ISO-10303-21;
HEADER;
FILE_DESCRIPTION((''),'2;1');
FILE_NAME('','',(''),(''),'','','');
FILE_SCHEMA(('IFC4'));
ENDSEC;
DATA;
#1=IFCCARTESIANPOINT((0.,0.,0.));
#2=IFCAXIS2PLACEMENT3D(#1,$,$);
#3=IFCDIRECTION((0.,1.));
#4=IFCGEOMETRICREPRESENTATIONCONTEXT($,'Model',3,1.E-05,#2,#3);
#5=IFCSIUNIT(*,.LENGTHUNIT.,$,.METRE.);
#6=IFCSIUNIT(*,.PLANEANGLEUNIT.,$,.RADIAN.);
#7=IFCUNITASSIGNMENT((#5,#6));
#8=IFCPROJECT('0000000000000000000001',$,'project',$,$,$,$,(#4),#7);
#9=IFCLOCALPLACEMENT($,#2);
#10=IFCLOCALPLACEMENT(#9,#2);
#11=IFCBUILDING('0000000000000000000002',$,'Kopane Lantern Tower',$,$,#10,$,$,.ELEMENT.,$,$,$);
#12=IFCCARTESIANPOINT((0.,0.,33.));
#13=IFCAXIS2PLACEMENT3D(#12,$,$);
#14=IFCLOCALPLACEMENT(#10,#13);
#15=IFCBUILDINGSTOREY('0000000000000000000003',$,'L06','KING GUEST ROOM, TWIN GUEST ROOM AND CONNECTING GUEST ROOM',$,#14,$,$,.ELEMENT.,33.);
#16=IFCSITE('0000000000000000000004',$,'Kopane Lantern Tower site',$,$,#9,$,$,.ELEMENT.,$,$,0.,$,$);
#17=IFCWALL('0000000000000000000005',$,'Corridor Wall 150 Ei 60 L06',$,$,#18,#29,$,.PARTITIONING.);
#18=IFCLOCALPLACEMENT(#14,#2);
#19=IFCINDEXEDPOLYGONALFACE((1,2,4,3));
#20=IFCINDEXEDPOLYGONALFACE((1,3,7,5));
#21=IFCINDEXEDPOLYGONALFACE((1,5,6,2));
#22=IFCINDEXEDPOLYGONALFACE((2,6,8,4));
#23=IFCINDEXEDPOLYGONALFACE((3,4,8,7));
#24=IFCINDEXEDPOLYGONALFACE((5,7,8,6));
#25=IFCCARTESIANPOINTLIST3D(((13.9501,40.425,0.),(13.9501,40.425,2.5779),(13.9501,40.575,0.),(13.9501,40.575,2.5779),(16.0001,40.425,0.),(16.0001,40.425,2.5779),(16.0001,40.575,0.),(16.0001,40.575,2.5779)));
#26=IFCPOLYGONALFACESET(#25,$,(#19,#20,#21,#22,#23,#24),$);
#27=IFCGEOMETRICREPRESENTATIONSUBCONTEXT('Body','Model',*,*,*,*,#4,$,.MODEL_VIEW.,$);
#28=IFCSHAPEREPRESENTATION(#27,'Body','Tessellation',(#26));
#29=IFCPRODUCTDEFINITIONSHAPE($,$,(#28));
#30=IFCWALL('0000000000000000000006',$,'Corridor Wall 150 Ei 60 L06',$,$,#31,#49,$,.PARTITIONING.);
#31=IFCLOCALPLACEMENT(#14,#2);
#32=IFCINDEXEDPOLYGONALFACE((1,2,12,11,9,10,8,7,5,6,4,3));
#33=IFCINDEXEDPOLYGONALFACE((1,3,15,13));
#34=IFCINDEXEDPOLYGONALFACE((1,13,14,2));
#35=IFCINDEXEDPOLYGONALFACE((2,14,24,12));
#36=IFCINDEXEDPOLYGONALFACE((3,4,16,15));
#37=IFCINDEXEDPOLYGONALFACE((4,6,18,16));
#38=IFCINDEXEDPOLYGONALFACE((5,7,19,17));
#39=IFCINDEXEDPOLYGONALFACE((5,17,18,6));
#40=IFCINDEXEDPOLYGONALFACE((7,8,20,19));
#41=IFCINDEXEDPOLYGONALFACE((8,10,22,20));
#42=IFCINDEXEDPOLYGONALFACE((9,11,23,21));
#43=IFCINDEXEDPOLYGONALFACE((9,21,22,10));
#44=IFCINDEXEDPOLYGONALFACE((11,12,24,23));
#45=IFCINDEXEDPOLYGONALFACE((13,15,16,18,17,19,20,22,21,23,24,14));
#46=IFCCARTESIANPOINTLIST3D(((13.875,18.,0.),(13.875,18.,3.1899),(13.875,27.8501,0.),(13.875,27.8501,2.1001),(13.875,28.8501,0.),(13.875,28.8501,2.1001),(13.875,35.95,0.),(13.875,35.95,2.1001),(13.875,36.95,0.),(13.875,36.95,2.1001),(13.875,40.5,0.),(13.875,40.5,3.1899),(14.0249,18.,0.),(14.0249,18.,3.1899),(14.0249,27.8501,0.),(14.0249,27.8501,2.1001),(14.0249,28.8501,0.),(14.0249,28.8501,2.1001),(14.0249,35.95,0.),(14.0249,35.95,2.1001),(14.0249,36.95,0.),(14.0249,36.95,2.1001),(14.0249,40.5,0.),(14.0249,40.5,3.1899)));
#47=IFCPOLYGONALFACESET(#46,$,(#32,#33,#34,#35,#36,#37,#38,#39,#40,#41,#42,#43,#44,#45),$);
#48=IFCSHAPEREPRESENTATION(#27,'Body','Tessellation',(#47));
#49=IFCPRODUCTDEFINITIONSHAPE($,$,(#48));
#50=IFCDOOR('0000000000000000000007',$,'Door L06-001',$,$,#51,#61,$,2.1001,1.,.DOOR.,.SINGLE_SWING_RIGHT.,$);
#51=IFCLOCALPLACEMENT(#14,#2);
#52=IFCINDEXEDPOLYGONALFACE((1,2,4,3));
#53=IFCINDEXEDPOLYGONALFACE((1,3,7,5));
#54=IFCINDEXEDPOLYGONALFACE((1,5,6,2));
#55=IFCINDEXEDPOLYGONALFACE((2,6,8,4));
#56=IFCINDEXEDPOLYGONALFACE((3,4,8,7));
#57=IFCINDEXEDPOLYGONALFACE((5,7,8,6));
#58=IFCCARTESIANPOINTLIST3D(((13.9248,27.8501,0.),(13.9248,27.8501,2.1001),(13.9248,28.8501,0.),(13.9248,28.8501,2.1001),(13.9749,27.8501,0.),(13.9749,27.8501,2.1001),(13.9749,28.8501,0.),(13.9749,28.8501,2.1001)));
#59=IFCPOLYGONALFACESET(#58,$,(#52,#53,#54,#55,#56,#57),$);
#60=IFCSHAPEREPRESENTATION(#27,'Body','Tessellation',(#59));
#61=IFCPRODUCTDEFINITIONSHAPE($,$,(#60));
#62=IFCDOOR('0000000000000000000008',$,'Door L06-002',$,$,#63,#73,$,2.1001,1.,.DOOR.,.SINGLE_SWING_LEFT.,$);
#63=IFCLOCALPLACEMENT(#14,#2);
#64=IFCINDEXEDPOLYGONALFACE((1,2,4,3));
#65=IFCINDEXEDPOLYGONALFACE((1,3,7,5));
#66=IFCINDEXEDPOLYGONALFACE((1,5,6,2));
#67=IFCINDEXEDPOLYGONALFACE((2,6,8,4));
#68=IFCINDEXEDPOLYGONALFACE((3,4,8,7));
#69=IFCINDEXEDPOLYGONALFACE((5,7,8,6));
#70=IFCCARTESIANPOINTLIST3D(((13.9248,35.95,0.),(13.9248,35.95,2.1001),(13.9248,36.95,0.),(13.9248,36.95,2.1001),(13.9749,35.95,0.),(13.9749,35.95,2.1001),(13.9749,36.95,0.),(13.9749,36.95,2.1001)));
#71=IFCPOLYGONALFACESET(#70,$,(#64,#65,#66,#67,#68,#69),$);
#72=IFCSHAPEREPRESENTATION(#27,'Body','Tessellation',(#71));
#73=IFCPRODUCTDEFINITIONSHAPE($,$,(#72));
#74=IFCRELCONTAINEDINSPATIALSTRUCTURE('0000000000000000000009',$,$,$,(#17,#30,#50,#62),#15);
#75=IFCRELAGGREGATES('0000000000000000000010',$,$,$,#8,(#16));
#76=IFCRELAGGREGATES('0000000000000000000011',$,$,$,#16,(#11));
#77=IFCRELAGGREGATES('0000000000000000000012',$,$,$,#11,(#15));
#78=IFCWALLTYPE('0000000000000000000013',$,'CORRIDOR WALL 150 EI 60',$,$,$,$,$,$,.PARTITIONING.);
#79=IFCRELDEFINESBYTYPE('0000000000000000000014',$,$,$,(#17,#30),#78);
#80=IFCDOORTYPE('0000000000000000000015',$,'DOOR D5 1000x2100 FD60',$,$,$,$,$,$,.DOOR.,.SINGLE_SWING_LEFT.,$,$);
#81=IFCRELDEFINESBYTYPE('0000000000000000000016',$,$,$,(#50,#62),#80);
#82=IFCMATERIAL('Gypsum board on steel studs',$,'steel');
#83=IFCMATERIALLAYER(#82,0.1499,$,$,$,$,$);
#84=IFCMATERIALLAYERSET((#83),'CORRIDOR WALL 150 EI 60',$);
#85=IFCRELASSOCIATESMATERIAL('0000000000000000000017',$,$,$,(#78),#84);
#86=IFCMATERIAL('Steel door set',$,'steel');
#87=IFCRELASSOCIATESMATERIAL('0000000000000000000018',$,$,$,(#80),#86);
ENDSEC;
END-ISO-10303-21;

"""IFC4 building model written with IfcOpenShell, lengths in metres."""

from ifc_helpers import new_model, si_unit, direction, frame, frame_2d, origin, place, context, subcontext, project, spatial, rectangle, extrude, material, layer, layer_set, type_object, element, fill, save


model = new_model("IFC4")

# Units and contexts
model_context = context("Model", 3, precision=1e-05, world=origin(), true_north=direction((0.0, 1.0)))
body_context = subcontext(model_context, "Body", "Model", "MODEL_VIEW")
ifc_project = project(units=[si_unit("LENGTHUNIT", "METRE"), si_unit("PLANEANGLEUNIT", "RADIAN")], contexts=[model_context])

# Site, building, storey
site_placement = place(None, origin())
site = spatial("IfcSite", under=ifc_project, at=site_placement, Name="Kopane Lantern Tower site", CompositionType="ELEMENT", RefElevation=0.0)
building_placement = place(site_placement, origin())
building = spatial("IfcBuilding", under=site, at=building_placement, Name="Kopane Lantern Tower", CompositionType="ELEMENT")
storey_placement = place(building_placement, frame((0.0, 0.0, 33.0)))
storey = spatial("IfcBuildingStorey", under=building, at=storey_placement, Name="L06", Description="KING GUEST ROOM, TWIN GUEST ROOM AND CONNECTING GUEST ROOM", CompositionType="ELEMENT", Elevation=33.0)

# Shared definitions
ifc_material_1 = material(Name="Gypsum board on steel studs", Category="steel")
ifc_layer_1 = layer(ifc_material_1, 0.1499)
ifc_layer_set_1 = layer_set([ifc_layer_1], Name="CORRIDOR WALL 150 EI 60")
wall_type_1 = type_object("IfcWallType", Name="CORRIDOR WALL 150 EI 60", PredefinedType="PARTITIONING", material=ifc_layer_set_1)

# Wall
wall_1_placement = place(storey_placement, frame((16.0, 40.5, 0.0), z_axis=(0.0, 0.0, 1.0), x_axis=(-1.0, 0.0, 0.0)))
element("IfcWall", 1, at=wall_1_placement, inside=storey, type_object=wall_type_1, Name="Corridor Wall 150 Ei 60 L06", PredefinedType="PARTITIONING", context=body_context, shape_type="SweptSolid", body=[
    extrude(rectangle(XDim=2.05, YDim=0.1499, at=frame_2d((1.0249, 0.0))), origin(), (0.0, 0.0, 1.0), 2.5779),
])

# Wall, openings, doors
wall_2_placement = place(storey_placement, frame((13.95, 40.5, 0.0), z_axis=(0.0, 0.0, 1.0), x_axis=(0.0, -1.0, 0.0)))
wall_2 = element("IfcWall", 2, at=wall_2_placement, inside=storey, type_object=wall_type_1, Name="Corridor Wall 150 Ei 60 L06", PredefinedType="PARTITIONING", context=body_context, shape_type="SweptSolid", body=[
    extrude(rectangle(XDim=22.5, YDim=0.1499, at=frame_2d((11.25, 0.0))), origin(), (0.0, 0.0, 1.0), 3.1899),
])
opening_1_placement = place(wall_2_placement, frame((11.6499, 0.0, 0.0)))
opening_1 = element("IfcOpeningElement", 3, at=opening_1_placement, cuts=wall_2, PredefinedType="OPENING", context=body_context, shape_type="SweptSolid", body=[
    extrude(rectangle(XDim=1.0, YDim=2.1001, at=frame_2d((0.5, 1.05))), frame((0.0, 0.085, 0.0), z_axis=(0.0, -1.0, 0.0), x_axis=(1.0, 0.0, 0.0)), (0.0, 0.0, 1.0), 0.1699),
])
opening_2_placement = place(wall_2_placement, frame((3.55, 0.0, 0.0)))
opening_2 = element("IfcOpeningElement", 4, at=opening_2_placement, cuts=wall_2, PredefinedType="OPENING", context=body_context, shape_type="SweptSolid", body=[
    extrude(rectangle(XDim=1.0, YDim=2.1001, at=frame_2d((0.5, 1.05))), frame((0.0, 0.085, 0.0), z_axis=(0.0, -1.0, 0.0), x_axis=(1.0, 0.0, 0.0)), (0.0, 0.0, 1.0), 0.1699),
])
ifc_material_2 = material(Name="Steel door set", Category="steel")
door_type_1 = type_object("IfcDoorType", Name="DOOR D5 1000x2100 FD60", OperationType="SINGLE_SWING_LEFT", PredefinedType="DOOR", material=ifc_material_2)
door_1_placement = place(opening_1_placement, origin())
door_1 = element("IfcDoor", 5, at=door_1_placement, inside=storey, type_object=door_type_1, Name="Door L06-001", OperationType="SINGLE_SWING_RIGHT", OverallHeight=2.1001, OverallWidth=1.0, PredefinedType="DOOR", context=body_context, shape_type="SweptSolid", body=[
    extrude(rectangle(XDim=1.0, YDim=2.1001, at=frame_2d((0.5, 1.05))), frame((0.0, 0.0249, 0.0), z_axis=(0.0, -1.0, 0.0), x_axis=(1.0, 0.0, 0.0)), (0.0, 0.0, 1.0), 0.05),
])
fill(opening_1, door_1)
door_2_placement = place(opening_2_placement, origin())
door_2 = element("IfcDoor", 6, at=door_2_placement, inside=storey, type_object=door_type_1, Name="Door L06-002", OperationType="SINGLE_SWING_LEFT", OverallHeight=2.1001, OverallWidth=1.0, PredefinedType="DOOR", context=body_context, shape_type="SweptSolid", body=[
    extrude(rectangle(XDim=1.0, YDim=2.1001, at=frame_2d((0.5, 1.05))), frame((0.0, 0.0249, 0.0), z_axis=(0.0, -1.0, 0.0), x_axis=(1.0, 0.0, 0.0)), (0.0, 0.0, 1.0), 0.05),
])
fill(opening_2, door_2)

save(model, "model.ifc")
